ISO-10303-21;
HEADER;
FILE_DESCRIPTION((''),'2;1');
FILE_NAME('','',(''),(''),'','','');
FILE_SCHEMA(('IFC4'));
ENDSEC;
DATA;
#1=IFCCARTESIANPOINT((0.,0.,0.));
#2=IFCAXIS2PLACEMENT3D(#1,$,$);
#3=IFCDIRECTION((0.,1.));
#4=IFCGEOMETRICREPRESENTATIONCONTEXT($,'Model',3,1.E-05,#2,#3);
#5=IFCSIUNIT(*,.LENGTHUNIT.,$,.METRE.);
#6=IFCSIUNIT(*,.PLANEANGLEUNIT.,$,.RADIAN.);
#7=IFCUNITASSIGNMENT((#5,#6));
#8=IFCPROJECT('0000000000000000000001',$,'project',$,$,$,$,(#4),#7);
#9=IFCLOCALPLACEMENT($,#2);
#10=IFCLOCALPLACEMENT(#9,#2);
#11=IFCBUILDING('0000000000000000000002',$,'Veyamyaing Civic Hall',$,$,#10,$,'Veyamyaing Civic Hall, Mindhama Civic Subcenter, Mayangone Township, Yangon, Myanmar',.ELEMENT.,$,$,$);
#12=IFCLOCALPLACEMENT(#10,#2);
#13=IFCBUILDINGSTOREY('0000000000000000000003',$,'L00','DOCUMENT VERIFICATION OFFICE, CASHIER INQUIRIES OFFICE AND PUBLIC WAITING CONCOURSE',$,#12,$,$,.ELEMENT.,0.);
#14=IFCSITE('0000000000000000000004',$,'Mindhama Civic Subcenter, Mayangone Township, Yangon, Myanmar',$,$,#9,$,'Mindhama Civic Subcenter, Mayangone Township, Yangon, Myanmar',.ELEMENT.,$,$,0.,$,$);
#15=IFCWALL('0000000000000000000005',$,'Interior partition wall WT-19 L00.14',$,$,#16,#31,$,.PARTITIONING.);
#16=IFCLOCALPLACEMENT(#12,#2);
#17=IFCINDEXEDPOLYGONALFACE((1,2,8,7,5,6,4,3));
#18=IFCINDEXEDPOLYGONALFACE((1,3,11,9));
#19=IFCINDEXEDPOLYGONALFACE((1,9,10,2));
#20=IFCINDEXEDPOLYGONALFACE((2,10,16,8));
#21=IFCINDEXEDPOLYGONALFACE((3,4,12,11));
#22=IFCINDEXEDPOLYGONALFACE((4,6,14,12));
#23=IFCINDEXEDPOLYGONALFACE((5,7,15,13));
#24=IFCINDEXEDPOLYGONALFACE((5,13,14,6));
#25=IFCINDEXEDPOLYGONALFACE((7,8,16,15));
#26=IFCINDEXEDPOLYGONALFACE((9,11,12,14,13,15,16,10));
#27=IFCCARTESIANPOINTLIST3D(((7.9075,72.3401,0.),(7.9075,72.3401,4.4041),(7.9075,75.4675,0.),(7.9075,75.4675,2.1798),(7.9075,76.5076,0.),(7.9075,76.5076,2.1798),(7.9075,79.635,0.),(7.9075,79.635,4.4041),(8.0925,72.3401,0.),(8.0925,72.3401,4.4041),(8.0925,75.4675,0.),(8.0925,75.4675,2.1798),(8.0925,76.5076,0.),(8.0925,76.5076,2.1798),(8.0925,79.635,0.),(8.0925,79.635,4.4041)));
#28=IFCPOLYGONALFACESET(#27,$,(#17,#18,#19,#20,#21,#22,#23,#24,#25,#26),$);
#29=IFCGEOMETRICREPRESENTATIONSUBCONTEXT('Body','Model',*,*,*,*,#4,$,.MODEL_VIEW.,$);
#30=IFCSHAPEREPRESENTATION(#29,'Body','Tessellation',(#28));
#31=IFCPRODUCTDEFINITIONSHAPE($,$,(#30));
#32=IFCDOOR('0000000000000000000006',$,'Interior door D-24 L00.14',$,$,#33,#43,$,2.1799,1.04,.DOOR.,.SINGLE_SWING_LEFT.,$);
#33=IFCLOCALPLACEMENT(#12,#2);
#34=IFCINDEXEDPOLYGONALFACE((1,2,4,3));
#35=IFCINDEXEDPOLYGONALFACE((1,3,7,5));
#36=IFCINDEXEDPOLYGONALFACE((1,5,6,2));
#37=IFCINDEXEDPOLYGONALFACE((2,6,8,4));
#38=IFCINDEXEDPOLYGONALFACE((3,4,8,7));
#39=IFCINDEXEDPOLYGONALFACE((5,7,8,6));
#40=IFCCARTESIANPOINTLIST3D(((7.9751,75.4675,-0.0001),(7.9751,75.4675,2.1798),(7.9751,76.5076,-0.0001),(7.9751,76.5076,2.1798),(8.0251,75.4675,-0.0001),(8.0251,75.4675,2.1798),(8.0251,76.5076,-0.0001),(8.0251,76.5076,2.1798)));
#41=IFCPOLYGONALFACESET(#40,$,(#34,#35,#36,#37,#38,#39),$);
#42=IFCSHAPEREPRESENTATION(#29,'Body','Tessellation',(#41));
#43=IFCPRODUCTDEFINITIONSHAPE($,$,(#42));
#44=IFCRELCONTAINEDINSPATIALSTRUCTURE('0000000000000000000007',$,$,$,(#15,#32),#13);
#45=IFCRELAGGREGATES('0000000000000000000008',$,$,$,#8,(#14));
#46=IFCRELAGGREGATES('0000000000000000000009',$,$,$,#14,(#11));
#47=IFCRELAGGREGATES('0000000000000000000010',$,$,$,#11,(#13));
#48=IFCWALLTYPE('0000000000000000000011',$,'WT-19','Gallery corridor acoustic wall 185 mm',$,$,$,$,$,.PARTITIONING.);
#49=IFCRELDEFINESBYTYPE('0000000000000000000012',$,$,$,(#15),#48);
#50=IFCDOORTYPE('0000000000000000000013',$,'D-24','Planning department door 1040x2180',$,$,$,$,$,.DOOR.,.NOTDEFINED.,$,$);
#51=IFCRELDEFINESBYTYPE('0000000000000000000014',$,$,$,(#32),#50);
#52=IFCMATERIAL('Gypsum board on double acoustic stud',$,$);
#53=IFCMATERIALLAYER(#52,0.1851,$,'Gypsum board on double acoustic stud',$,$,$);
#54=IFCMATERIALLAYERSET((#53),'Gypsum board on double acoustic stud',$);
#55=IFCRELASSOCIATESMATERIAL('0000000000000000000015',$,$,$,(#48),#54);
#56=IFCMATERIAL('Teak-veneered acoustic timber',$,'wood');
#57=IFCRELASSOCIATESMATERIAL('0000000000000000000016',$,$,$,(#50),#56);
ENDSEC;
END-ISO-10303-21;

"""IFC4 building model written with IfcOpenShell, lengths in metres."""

from ifc_helpers import new_model, si_unit, direction, frame, frame_2d, origin, place, context, subcontext, project, spatial, rectangle, extrude, material, layer, layer_set, type_object, element, fill, save


model = new_model("IFC4")

# Units and contexts
model_context = context("Model", 3, precision=1e-05, world=origin(), true_north=direction((0.0, 1.0)))
body_context = subcontext(model_context, "Body", "Model", "MODEL_VIEW")
ifc_project = project(units=[si_unit("LENGTHUNIT", "METRE"), si_unit("PLANEANGLEUNIT", "RADIAN")], contexts=[model_context])

# Site, building, storey
site_placement = place(None, origin())
site = spatial("IfcSite", under=ifc_project, at=site_placement, Name="Mindhama Civic Subcenter, Mayangone Township, Yangon, Myanmar", LongName="Mindhama Civic Subcenter, Mayangone Township, Yangon, Myanmar", CompositionType="ELEMENT", RefElevation=0.0)
building_placement = place(site_placement, origin())
building = spatial("IfcBuilding", under=site, at=building_placement, Name="Veyamyaing Civic Hall", LongName="Veyamyaing Civic Hall, Mindhama Civic Subcenter, Mayangone Township, Yangon, Myanmar", CompositionType="ELEMENT")
storey_placement = place(building_placement, origin())
storey = spatial("IfcBuildingStorey", under=building, at=storey_placement, Name="L00", Description="DOCUMENT VERIFICATION OFFICE, CASHIER INQUIRIES OFFICE AND PUBLIC WAITING CONCOURSE", CompositionType="ELEMENT", Elevation=0.0)

# Wall, opening, door
ifc_material_1 = material(Name="Gypsum board on double acoustic stud")
ifc_layer_1 = layer(ifc_material_1, 0.1851, Name="Gypsum board on double acoustic stud")
ifc_layer_set_1 = layer_set([ifc_layer_1], Name="Gypsum board on double acoustic stud")
wall_type_1 = type_object("IfcWallType", Name="WT-19", Description="Gallery corridor acoustic wall 185 mm", PredefinedType="PARTITIONING", material=ifc_layer_set_1)
ifc_material_2 = material(Name="Teak-veneered acoustic timber", Category="wood")
wall_1_placement = place(storey_placement, frame((8.0, 72.3401, 0.0), z_axis=(0.0, 0.0, 1.0), x_axis=(0.0, 1.0, 0.0)))
wall_1 = element("IfcWall", 1, at=wall_1_placement, inside=storey, type_object=wall_type_1, Name="Interior partition wall WT-19 L00.14", PredefinedType="PARTITIONING", context=body_context, shape_type="SweptSolid", body=[
    extrude(rectangle(XDim=7.2949, YDim=0.1851, at=frame_2d((3.6475, 0.0))), origin(), (0.0, 0.0, 1.0), 4.4041),
])
opening_1_placement = place(wall_1_placement, frame((3.1274, 0.0, 0.0)))
opening_1 = element("IfcOpeningElement", 2, at=opening_1_placement, cuts=wall_1, PredefinedType="OPENING", context=body_context, shape_type="SweptSolid", body=[
    extrude(rectangle(XDim=1.04, YDim=2.1799, at=frame_2d((0.52, 1.0898))), frame((0.0, 0.1025, 0.0), z_axis=(0.0, -1.0, 0.0), x_axis=(1.0, 0.0, 0.0)), (0.0, 0.0, 1.0), 0.2051),
])
door_type_1 = type_object("IfcDoorType", Name="D-24", Description="Planning department door 1040x2180", OperationType="NOTDEFINED", PredefinedType="DOOR", material=ifc_material_2)
door_1_placement = place(opening_1_placement, origin())
door_1 = element("IfcDoor", 3, at=door_1_placement, inside=storey, type_object=door_type_1, Name="Interior door D-24 L00.14", OperationType="SINGLE_SWING_LEFT", OverallHeight=2.1799, OverallWidth=1.04, PredefinedType="DOOR", context=body_context, shape_type="SweptSolid", body=[
    extrude(rectangle(XDim=1.04, YDim=2.1799, at=frame_2d((0.52, 1.0898))), frame((0.0, 0.0249, 0.0), z_axis=(0.0, -1.0, 0.0), x_axis=(1.0, 0.0, 0.0)), (0.0, 0.0, 1.0), 0.05),
])
fill(opening_1, door_1)

save(model, "model.ifc")
